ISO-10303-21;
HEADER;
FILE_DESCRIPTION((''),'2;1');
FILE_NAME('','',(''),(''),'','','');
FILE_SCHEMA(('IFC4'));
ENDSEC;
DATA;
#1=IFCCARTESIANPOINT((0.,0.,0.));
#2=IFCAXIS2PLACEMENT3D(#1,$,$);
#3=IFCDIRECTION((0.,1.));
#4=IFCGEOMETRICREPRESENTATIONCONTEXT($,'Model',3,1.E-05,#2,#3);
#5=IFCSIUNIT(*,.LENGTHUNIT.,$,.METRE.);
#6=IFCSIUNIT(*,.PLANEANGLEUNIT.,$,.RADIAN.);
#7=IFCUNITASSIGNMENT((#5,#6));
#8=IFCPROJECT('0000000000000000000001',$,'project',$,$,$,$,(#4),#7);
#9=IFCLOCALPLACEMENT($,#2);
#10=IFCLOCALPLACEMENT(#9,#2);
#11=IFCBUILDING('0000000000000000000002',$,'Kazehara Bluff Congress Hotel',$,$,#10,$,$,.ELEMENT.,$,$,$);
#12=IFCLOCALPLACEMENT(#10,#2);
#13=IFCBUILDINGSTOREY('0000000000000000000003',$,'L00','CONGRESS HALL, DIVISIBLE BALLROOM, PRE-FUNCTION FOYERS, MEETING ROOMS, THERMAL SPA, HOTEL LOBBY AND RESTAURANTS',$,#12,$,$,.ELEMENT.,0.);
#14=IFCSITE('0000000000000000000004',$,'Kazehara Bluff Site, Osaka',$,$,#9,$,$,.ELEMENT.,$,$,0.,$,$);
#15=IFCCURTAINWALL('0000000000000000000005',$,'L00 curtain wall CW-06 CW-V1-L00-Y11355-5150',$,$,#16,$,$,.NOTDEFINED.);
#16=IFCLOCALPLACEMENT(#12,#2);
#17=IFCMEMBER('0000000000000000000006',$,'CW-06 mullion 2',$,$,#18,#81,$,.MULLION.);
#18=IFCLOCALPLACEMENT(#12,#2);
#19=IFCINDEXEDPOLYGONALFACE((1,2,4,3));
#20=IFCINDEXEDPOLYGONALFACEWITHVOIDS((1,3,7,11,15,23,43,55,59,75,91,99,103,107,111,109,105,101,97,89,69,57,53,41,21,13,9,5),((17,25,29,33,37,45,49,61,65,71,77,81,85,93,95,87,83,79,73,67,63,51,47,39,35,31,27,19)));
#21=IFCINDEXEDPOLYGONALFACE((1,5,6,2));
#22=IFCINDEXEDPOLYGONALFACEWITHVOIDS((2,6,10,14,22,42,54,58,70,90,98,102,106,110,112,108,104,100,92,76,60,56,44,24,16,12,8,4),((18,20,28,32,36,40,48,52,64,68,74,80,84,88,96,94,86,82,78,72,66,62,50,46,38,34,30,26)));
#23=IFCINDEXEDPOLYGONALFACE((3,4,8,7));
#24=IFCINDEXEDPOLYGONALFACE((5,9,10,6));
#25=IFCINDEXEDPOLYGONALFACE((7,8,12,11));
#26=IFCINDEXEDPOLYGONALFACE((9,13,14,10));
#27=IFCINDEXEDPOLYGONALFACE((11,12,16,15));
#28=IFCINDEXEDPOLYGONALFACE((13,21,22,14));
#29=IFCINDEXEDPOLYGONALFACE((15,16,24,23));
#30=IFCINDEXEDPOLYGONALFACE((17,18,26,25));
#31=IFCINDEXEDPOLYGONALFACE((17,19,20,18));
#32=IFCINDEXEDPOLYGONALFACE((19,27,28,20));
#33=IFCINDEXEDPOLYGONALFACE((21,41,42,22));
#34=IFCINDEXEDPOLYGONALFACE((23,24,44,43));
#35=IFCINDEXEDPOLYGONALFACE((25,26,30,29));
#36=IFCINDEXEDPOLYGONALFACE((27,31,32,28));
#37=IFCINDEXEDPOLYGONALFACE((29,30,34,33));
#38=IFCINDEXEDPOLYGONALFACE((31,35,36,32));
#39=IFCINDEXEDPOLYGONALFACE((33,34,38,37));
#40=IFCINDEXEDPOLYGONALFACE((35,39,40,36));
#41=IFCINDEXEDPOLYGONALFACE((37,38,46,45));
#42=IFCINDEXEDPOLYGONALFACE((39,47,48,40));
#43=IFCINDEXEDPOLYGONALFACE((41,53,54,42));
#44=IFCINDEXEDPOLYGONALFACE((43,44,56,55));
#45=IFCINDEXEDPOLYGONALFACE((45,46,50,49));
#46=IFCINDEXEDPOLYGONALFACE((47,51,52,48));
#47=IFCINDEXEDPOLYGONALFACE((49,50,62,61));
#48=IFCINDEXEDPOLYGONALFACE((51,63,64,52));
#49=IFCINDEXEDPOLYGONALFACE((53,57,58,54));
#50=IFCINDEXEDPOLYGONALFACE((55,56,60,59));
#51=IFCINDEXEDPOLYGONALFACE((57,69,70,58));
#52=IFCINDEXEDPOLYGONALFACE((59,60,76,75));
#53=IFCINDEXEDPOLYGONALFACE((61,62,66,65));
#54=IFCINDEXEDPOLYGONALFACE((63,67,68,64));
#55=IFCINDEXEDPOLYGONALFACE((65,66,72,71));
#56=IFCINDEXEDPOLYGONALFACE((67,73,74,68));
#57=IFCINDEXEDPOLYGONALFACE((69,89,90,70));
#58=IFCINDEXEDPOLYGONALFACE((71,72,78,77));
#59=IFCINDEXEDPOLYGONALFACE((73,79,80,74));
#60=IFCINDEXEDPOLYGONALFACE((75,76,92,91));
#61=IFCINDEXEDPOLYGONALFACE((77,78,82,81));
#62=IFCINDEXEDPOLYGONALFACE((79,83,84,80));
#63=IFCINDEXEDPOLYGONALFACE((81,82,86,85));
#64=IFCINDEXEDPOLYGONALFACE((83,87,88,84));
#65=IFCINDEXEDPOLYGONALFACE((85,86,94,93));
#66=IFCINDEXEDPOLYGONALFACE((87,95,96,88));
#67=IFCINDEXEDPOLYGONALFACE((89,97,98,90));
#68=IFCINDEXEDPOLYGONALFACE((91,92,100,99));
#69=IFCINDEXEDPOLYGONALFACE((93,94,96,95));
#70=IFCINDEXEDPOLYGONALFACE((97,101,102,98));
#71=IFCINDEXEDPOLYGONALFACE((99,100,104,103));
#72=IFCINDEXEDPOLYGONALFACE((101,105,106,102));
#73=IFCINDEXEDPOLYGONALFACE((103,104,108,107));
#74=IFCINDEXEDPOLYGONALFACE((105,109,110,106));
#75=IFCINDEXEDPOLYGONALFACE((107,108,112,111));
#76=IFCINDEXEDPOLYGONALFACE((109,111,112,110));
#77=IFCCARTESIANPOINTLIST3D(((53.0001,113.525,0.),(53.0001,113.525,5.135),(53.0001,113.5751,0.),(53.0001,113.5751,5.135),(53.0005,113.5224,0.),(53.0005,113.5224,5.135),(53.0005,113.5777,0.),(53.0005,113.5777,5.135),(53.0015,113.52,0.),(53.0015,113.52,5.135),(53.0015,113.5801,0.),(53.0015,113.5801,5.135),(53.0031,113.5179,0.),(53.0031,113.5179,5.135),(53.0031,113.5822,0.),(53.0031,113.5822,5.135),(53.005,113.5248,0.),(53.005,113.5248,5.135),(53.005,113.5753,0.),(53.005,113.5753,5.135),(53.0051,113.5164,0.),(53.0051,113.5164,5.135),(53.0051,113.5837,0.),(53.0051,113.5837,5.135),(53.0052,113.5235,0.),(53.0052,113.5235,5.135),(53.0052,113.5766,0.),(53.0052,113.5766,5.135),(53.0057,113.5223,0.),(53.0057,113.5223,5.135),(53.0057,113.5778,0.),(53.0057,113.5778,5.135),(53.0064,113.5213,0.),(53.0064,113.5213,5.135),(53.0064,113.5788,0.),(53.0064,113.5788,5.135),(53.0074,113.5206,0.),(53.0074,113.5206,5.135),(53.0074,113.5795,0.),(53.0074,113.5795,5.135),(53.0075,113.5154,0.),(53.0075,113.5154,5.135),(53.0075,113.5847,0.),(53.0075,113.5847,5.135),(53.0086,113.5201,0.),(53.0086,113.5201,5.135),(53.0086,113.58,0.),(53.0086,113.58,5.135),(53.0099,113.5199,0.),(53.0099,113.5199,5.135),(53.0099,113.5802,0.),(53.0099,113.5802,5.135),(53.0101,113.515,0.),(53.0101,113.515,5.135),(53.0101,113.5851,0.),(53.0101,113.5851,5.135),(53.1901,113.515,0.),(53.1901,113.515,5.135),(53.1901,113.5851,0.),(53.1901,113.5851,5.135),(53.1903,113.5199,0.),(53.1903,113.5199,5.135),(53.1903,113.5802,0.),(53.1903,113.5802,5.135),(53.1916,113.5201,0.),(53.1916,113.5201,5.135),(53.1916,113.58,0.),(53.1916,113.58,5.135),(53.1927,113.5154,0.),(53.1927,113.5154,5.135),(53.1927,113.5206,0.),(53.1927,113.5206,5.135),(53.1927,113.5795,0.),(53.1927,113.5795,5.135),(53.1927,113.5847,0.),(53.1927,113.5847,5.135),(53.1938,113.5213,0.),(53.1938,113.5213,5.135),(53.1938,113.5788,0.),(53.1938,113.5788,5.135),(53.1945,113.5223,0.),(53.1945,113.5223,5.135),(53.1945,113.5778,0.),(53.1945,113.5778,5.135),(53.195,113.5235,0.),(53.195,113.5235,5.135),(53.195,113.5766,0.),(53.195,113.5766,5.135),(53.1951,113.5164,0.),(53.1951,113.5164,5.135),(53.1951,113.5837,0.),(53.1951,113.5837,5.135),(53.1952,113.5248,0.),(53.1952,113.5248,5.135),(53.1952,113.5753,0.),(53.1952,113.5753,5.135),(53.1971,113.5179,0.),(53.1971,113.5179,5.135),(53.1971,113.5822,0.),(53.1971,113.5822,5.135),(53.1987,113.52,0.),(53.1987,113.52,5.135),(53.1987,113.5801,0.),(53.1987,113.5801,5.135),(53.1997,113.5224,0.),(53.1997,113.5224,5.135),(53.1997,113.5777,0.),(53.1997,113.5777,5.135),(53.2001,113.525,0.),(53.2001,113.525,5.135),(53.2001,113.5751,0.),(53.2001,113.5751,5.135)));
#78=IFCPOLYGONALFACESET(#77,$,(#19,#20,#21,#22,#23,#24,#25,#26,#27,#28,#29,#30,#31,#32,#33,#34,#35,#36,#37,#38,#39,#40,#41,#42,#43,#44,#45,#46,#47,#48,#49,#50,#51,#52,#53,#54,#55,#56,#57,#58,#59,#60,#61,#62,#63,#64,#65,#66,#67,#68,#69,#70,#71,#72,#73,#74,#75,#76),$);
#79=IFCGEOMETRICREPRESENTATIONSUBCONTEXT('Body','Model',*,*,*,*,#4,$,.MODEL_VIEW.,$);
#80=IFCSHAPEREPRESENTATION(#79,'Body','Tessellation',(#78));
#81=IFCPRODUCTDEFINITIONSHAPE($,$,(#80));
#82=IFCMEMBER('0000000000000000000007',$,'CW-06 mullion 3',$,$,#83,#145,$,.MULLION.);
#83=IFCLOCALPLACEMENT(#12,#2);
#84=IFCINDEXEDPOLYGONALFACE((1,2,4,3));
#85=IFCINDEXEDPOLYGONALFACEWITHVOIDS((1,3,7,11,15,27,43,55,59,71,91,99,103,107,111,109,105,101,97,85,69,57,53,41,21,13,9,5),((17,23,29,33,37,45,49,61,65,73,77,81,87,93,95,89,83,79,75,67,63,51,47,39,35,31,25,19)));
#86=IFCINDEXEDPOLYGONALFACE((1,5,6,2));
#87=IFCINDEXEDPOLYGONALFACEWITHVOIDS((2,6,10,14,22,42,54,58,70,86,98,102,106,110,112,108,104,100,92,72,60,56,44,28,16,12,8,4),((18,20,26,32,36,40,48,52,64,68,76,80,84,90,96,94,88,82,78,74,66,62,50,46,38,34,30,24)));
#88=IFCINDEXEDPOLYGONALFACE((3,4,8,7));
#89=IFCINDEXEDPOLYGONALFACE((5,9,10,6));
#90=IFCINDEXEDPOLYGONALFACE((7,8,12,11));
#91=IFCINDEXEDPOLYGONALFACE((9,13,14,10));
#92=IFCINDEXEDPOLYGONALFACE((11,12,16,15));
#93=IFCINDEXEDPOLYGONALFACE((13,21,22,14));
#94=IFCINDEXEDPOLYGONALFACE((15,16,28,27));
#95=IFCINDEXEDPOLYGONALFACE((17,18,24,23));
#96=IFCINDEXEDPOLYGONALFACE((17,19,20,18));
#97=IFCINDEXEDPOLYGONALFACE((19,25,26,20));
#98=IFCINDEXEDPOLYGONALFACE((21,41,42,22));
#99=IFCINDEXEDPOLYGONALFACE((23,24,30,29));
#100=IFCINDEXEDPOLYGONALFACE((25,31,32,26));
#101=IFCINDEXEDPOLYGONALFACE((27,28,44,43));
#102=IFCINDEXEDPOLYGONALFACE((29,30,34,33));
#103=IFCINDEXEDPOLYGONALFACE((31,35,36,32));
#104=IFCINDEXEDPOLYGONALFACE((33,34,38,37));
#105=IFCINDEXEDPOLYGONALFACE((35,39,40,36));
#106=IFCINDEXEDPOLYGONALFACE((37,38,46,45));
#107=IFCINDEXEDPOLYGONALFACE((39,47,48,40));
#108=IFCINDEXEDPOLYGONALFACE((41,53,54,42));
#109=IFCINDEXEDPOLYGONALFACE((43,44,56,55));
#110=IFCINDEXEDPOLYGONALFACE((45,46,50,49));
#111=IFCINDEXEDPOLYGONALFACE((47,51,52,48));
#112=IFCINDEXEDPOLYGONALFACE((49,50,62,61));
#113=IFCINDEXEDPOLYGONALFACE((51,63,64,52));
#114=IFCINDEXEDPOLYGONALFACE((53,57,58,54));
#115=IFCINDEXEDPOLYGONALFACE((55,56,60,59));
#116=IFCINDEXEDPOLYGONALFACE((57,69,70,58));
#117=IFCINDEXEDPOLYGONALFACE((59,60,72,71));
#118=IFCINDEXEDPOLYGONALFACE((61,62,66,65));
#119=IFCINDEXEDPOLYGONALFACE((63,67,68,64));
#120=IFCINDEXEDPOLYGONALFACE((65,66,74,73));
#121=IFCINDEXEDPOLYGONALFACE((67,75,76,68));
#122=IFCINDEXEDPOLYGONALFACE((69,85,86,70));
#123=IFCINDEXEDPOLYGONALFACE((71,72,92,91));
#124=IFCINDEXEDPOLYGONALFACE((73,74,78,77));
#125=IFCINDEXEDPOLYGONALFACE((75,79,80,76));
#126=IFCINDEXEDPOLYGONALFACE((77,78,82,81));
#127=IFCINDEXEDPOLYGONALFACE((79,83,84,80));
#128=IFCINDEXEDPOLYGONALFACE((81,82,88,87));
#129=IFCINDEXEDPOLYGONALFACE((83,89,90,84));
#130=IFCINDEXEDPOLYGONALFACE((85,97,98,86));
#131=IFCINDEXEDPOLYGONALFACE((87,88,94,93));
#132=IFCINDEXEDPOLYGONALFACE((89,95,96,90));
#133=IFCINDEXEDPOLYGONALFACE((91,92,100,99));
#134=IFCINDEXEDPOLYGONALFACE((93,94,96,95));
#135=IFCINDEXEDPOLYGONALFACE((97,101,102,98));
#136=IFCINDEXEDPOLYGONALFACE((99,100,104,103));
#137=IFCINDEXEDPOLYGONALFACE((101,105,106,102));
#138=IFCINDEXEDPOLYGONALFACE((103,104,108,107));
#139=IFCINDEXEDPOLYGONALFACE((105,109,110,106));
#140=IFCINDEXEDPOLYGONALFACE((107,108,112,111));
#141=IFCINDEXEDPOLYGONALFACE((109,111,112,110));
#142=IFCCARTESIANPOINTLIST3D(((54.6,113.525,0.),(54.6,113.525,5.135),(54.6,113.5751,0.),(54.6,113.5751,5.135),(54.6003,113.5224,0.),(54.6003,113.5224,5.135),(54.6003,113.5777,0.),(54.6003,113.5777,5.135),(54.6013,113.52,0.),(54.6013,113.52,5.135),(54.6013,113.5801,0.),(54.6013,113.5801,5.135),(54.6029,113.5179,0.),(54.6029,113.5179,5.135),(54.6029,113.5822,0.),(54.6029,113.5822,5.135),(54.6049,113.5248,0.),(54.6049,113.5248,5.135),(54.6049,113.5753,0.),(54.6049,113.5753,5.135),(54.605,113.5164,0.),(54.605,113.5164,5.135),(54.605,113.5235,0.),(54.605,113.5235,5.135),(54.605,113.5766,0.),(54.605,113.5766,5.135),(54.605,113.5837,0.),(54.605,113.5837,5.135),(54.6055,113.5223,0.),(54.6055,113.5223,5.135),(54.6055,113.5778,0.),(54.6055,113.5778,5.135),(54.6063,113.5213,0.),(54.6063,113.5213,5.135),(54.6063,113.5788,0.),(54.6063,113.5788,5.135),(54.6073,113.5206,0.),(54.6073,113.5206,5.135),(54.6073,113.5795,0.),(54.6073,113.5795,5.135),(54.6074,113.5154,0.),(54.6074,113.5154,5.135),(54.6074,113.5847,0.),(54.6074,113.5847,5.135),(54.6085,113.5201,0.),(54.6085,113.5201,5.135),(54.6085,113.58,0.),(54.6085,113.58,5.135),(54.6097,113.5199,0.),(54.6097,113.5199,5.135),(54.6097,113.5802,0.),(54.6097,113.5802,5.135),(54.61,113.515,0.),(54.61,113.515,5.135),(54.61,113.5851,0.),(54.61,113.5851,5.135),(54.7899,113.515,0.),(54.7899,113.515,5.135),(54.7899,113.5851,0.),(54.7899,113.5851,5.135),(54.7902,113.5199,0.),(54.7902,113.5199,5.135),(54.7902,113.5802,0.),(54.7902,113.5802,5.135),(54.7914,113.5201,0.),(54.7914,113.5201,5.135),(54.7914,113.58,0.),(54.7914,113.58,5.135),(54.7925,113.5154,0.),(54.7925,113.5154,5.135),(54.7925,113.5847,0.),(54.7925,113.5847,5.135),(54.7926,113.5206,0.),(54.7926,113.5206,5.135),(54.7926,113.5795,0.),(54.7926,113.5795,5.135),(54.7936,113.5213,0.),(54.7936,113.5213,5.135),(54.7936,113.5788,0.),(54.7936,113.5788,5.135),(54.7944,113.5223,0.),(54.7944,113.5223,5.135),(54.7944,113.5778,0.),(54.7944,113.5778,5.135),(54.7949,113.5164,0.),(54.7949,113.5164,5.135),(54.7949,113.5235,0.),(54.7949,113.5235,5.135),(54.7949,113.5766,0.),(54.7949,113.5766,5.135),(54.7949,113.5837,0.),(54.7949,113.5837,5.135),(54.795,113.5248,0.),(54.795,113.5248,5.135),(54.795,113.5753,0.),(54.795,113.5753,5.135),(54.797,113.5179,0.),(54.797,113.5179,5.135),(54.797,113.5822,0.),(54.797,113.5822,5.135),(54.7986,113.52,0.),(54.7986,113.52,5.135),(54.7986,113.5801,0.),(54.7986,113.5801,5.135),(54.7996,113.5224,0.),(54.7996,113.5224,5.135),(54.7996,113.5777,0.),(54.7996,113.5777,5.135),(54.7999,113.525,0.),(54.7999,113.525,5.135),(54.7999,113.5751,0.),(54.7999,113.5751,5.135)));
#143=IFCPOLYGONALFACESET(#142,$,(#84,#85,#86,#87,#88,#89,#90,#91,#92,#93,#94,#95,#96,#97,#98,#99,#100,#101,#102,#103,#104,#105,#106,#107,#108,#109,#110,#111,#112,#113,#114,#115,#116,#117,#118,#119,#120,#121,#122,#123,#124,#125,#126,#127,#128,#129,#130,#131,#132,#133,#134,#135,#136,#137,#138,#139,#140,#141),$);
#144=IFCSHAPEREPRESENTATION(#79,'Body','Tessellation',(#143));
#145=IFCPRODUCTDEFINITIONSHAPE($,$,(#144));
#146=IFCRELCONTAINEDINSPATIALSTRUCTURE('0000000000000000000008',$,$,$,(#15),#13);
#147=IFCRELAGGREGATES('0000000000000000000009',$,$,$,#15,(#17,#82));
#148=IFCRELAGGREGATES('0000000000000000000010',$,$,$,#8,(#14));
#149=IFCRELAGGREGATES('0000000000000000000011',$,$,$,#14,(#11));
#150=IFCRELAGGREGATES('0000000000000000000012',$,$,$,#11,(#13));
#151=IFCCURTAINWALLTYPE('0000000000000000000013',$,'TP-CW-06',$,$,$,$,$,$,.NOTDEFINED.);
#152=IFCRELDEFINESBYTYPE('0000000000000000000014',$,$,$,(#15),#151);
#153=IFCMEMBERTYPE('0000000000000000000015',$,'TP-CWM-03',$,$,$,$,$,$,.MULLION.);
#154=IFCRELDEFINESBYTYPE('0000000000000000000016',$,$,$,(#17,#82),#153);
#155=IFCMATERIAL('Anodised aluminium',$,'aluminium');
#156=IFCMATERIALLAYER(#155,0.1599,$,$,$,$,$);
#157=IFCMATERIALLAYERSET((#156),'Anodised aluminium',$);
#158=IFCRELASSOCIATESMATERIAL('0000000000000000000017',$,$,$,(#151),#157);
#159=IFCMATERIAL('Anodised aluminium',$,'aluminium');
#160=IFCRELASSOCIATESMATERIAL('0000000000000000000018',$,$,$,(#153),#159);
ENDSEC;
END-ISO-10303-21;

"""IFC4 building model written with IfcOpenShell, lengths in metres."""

from ifc_helpers import new_model, si_unit, direction, frame, origin, origin_2d, place, context, subcontext, project, spatial, hollow_rectangle, extrude, material, layer, layer_set, material_profile, profile_set, type_object, element, aggregate, save


model = new_model("IFC4")

# Units and contexts
model_context = context("Model", 3, precision=1e-05, world=origin(), true_north=direction((0.0, 1.0)))
body_context = subcontext(model_context, "Body", "Model", "MODEL_VIEW")
ifc_project = project(units=[si_unit("LENGTHUNIT", "METRE"), si_unit("PLANEANGLEUNIT", "RADIAN")], contexts=[model_context])

# Site, building, storey
site_placement = place(None, origin())
site = spatial("IfcSite", under=ifc_project, at=site_placement, Name="Kazehara Bluff Site, Osaka", CompositionType="ELEMENT", RefElevation=0.0)
building_placement = place(site_placement, origin())
building = spatial("IfcBuilding", under=site, at=building_placement, Name="Kazehara Bluff Congress Hotel", CompositionType="ELEMENT")
storey_placement = place(building_placement, origin())
storey = spatial("IfcBuildingStorey", under=building, at=storey_placement, Name="L00", Description="CONGRESS HALL, DIVISIBLE BALLROOM, PRE-FUNCTION FOYERS, MEETING ROOMS, THERMAL SPA, HOTEL LOBBY AND RESTAURANTS", CompositionType="ELEMENT", Elevation=0.0)

# Curtain wall, members
ifc_material_1 = material(Name="Anodised aluminium", Category="aluminium")
ifc_layer_1 = layer(ifc_material_1, 0.1599)
ifc_layer_set_1 = layer_set([ifc_layer_1], Name="Anodised aluminium")
curtain_wall_type = type_object("IfcCurtainWallType", Name="TP-CW-06", PredefinedType="NOTDEFINED", material=ifc_layer_set_1)
curtain_wall_placement = place(storey_placement, origin())
curtain_wall = element("IfcCurtainWall", 1, at=curtain_wall_placement, inside=storey, type_object=curtain_wall_type, Name="L00 curtain wall CW-06 CW-V1-L00-Y11355-5150", PredefinedType="NOTDEFINED")
ifc_material_2 = material(Name="Anodised aluminium", Category="aluminium")
ifc_material_profile_1 = material_profile(ifc_material_2, hollow_rectangle(XDim=0.0701, YDim=0.2, WallThickness=0.0049, InnerFilletRadius=0.0049, OuterFilletRadius=0.01, at=origin_2d()))
ifc_profile_set_1 = profile_set([ifc_material_profile_1], Name="Anodised aluminium")
member_type_1 = type_object("IfcMemberType", Name="TP-CWM-03", PredefinedType="MULLION", material=ifc_profile_set_1)
member_1_placement = place(storey_placement, frame((53.1001, 113.55, 0.0), z_axis=(0.0, 0.0, 1.0), x_axis=(0.0, 1.0, 0.0)))
member_1 = element("IfcMember", 2, at=member_1_placement, type_object=member_type_1, Name="CW-06 mullion 2", PredefinedType="MULLION", context=body_context, shape_type="SweptSolid", body=[
    extrude(hollow_rectangle(XDim=0.0701, YDim=0.2, WallThickness=0.0049, InnerFilletRadius=0.0049, OuterFilletRadius=0.01, at=origin_2d()), origin(), (0.0, 0.0, 1.0), 5.135),
])
member_2_placement = place(storey_placement, frame((54.7, 113.55, 0.0), z_axis=(0.0, 0.0, 1.0), x_axis=(0.0, 1.0, 0.0)))
member_2 = element("IfcMember", 3, at=member_2_placement, type_object=member_type_1, Name="CW-06 mullion 3", PredefinedType="MULLION", context=body_context, shape_type="SweptSolid", body=[
    extrude(hollow_rectangle(XDim=0.0701, YDim=0.2, WallThickness=0.0049, InnerFilletRadius=0.0049, OuterFilletRadius=0.01, at=origin_2d()), origin(), (0.0, 0.0, 1.0), 5.135),
])
aggregate(curtain_wall, [member_1, member_2])

save(model, "model.ifc")
